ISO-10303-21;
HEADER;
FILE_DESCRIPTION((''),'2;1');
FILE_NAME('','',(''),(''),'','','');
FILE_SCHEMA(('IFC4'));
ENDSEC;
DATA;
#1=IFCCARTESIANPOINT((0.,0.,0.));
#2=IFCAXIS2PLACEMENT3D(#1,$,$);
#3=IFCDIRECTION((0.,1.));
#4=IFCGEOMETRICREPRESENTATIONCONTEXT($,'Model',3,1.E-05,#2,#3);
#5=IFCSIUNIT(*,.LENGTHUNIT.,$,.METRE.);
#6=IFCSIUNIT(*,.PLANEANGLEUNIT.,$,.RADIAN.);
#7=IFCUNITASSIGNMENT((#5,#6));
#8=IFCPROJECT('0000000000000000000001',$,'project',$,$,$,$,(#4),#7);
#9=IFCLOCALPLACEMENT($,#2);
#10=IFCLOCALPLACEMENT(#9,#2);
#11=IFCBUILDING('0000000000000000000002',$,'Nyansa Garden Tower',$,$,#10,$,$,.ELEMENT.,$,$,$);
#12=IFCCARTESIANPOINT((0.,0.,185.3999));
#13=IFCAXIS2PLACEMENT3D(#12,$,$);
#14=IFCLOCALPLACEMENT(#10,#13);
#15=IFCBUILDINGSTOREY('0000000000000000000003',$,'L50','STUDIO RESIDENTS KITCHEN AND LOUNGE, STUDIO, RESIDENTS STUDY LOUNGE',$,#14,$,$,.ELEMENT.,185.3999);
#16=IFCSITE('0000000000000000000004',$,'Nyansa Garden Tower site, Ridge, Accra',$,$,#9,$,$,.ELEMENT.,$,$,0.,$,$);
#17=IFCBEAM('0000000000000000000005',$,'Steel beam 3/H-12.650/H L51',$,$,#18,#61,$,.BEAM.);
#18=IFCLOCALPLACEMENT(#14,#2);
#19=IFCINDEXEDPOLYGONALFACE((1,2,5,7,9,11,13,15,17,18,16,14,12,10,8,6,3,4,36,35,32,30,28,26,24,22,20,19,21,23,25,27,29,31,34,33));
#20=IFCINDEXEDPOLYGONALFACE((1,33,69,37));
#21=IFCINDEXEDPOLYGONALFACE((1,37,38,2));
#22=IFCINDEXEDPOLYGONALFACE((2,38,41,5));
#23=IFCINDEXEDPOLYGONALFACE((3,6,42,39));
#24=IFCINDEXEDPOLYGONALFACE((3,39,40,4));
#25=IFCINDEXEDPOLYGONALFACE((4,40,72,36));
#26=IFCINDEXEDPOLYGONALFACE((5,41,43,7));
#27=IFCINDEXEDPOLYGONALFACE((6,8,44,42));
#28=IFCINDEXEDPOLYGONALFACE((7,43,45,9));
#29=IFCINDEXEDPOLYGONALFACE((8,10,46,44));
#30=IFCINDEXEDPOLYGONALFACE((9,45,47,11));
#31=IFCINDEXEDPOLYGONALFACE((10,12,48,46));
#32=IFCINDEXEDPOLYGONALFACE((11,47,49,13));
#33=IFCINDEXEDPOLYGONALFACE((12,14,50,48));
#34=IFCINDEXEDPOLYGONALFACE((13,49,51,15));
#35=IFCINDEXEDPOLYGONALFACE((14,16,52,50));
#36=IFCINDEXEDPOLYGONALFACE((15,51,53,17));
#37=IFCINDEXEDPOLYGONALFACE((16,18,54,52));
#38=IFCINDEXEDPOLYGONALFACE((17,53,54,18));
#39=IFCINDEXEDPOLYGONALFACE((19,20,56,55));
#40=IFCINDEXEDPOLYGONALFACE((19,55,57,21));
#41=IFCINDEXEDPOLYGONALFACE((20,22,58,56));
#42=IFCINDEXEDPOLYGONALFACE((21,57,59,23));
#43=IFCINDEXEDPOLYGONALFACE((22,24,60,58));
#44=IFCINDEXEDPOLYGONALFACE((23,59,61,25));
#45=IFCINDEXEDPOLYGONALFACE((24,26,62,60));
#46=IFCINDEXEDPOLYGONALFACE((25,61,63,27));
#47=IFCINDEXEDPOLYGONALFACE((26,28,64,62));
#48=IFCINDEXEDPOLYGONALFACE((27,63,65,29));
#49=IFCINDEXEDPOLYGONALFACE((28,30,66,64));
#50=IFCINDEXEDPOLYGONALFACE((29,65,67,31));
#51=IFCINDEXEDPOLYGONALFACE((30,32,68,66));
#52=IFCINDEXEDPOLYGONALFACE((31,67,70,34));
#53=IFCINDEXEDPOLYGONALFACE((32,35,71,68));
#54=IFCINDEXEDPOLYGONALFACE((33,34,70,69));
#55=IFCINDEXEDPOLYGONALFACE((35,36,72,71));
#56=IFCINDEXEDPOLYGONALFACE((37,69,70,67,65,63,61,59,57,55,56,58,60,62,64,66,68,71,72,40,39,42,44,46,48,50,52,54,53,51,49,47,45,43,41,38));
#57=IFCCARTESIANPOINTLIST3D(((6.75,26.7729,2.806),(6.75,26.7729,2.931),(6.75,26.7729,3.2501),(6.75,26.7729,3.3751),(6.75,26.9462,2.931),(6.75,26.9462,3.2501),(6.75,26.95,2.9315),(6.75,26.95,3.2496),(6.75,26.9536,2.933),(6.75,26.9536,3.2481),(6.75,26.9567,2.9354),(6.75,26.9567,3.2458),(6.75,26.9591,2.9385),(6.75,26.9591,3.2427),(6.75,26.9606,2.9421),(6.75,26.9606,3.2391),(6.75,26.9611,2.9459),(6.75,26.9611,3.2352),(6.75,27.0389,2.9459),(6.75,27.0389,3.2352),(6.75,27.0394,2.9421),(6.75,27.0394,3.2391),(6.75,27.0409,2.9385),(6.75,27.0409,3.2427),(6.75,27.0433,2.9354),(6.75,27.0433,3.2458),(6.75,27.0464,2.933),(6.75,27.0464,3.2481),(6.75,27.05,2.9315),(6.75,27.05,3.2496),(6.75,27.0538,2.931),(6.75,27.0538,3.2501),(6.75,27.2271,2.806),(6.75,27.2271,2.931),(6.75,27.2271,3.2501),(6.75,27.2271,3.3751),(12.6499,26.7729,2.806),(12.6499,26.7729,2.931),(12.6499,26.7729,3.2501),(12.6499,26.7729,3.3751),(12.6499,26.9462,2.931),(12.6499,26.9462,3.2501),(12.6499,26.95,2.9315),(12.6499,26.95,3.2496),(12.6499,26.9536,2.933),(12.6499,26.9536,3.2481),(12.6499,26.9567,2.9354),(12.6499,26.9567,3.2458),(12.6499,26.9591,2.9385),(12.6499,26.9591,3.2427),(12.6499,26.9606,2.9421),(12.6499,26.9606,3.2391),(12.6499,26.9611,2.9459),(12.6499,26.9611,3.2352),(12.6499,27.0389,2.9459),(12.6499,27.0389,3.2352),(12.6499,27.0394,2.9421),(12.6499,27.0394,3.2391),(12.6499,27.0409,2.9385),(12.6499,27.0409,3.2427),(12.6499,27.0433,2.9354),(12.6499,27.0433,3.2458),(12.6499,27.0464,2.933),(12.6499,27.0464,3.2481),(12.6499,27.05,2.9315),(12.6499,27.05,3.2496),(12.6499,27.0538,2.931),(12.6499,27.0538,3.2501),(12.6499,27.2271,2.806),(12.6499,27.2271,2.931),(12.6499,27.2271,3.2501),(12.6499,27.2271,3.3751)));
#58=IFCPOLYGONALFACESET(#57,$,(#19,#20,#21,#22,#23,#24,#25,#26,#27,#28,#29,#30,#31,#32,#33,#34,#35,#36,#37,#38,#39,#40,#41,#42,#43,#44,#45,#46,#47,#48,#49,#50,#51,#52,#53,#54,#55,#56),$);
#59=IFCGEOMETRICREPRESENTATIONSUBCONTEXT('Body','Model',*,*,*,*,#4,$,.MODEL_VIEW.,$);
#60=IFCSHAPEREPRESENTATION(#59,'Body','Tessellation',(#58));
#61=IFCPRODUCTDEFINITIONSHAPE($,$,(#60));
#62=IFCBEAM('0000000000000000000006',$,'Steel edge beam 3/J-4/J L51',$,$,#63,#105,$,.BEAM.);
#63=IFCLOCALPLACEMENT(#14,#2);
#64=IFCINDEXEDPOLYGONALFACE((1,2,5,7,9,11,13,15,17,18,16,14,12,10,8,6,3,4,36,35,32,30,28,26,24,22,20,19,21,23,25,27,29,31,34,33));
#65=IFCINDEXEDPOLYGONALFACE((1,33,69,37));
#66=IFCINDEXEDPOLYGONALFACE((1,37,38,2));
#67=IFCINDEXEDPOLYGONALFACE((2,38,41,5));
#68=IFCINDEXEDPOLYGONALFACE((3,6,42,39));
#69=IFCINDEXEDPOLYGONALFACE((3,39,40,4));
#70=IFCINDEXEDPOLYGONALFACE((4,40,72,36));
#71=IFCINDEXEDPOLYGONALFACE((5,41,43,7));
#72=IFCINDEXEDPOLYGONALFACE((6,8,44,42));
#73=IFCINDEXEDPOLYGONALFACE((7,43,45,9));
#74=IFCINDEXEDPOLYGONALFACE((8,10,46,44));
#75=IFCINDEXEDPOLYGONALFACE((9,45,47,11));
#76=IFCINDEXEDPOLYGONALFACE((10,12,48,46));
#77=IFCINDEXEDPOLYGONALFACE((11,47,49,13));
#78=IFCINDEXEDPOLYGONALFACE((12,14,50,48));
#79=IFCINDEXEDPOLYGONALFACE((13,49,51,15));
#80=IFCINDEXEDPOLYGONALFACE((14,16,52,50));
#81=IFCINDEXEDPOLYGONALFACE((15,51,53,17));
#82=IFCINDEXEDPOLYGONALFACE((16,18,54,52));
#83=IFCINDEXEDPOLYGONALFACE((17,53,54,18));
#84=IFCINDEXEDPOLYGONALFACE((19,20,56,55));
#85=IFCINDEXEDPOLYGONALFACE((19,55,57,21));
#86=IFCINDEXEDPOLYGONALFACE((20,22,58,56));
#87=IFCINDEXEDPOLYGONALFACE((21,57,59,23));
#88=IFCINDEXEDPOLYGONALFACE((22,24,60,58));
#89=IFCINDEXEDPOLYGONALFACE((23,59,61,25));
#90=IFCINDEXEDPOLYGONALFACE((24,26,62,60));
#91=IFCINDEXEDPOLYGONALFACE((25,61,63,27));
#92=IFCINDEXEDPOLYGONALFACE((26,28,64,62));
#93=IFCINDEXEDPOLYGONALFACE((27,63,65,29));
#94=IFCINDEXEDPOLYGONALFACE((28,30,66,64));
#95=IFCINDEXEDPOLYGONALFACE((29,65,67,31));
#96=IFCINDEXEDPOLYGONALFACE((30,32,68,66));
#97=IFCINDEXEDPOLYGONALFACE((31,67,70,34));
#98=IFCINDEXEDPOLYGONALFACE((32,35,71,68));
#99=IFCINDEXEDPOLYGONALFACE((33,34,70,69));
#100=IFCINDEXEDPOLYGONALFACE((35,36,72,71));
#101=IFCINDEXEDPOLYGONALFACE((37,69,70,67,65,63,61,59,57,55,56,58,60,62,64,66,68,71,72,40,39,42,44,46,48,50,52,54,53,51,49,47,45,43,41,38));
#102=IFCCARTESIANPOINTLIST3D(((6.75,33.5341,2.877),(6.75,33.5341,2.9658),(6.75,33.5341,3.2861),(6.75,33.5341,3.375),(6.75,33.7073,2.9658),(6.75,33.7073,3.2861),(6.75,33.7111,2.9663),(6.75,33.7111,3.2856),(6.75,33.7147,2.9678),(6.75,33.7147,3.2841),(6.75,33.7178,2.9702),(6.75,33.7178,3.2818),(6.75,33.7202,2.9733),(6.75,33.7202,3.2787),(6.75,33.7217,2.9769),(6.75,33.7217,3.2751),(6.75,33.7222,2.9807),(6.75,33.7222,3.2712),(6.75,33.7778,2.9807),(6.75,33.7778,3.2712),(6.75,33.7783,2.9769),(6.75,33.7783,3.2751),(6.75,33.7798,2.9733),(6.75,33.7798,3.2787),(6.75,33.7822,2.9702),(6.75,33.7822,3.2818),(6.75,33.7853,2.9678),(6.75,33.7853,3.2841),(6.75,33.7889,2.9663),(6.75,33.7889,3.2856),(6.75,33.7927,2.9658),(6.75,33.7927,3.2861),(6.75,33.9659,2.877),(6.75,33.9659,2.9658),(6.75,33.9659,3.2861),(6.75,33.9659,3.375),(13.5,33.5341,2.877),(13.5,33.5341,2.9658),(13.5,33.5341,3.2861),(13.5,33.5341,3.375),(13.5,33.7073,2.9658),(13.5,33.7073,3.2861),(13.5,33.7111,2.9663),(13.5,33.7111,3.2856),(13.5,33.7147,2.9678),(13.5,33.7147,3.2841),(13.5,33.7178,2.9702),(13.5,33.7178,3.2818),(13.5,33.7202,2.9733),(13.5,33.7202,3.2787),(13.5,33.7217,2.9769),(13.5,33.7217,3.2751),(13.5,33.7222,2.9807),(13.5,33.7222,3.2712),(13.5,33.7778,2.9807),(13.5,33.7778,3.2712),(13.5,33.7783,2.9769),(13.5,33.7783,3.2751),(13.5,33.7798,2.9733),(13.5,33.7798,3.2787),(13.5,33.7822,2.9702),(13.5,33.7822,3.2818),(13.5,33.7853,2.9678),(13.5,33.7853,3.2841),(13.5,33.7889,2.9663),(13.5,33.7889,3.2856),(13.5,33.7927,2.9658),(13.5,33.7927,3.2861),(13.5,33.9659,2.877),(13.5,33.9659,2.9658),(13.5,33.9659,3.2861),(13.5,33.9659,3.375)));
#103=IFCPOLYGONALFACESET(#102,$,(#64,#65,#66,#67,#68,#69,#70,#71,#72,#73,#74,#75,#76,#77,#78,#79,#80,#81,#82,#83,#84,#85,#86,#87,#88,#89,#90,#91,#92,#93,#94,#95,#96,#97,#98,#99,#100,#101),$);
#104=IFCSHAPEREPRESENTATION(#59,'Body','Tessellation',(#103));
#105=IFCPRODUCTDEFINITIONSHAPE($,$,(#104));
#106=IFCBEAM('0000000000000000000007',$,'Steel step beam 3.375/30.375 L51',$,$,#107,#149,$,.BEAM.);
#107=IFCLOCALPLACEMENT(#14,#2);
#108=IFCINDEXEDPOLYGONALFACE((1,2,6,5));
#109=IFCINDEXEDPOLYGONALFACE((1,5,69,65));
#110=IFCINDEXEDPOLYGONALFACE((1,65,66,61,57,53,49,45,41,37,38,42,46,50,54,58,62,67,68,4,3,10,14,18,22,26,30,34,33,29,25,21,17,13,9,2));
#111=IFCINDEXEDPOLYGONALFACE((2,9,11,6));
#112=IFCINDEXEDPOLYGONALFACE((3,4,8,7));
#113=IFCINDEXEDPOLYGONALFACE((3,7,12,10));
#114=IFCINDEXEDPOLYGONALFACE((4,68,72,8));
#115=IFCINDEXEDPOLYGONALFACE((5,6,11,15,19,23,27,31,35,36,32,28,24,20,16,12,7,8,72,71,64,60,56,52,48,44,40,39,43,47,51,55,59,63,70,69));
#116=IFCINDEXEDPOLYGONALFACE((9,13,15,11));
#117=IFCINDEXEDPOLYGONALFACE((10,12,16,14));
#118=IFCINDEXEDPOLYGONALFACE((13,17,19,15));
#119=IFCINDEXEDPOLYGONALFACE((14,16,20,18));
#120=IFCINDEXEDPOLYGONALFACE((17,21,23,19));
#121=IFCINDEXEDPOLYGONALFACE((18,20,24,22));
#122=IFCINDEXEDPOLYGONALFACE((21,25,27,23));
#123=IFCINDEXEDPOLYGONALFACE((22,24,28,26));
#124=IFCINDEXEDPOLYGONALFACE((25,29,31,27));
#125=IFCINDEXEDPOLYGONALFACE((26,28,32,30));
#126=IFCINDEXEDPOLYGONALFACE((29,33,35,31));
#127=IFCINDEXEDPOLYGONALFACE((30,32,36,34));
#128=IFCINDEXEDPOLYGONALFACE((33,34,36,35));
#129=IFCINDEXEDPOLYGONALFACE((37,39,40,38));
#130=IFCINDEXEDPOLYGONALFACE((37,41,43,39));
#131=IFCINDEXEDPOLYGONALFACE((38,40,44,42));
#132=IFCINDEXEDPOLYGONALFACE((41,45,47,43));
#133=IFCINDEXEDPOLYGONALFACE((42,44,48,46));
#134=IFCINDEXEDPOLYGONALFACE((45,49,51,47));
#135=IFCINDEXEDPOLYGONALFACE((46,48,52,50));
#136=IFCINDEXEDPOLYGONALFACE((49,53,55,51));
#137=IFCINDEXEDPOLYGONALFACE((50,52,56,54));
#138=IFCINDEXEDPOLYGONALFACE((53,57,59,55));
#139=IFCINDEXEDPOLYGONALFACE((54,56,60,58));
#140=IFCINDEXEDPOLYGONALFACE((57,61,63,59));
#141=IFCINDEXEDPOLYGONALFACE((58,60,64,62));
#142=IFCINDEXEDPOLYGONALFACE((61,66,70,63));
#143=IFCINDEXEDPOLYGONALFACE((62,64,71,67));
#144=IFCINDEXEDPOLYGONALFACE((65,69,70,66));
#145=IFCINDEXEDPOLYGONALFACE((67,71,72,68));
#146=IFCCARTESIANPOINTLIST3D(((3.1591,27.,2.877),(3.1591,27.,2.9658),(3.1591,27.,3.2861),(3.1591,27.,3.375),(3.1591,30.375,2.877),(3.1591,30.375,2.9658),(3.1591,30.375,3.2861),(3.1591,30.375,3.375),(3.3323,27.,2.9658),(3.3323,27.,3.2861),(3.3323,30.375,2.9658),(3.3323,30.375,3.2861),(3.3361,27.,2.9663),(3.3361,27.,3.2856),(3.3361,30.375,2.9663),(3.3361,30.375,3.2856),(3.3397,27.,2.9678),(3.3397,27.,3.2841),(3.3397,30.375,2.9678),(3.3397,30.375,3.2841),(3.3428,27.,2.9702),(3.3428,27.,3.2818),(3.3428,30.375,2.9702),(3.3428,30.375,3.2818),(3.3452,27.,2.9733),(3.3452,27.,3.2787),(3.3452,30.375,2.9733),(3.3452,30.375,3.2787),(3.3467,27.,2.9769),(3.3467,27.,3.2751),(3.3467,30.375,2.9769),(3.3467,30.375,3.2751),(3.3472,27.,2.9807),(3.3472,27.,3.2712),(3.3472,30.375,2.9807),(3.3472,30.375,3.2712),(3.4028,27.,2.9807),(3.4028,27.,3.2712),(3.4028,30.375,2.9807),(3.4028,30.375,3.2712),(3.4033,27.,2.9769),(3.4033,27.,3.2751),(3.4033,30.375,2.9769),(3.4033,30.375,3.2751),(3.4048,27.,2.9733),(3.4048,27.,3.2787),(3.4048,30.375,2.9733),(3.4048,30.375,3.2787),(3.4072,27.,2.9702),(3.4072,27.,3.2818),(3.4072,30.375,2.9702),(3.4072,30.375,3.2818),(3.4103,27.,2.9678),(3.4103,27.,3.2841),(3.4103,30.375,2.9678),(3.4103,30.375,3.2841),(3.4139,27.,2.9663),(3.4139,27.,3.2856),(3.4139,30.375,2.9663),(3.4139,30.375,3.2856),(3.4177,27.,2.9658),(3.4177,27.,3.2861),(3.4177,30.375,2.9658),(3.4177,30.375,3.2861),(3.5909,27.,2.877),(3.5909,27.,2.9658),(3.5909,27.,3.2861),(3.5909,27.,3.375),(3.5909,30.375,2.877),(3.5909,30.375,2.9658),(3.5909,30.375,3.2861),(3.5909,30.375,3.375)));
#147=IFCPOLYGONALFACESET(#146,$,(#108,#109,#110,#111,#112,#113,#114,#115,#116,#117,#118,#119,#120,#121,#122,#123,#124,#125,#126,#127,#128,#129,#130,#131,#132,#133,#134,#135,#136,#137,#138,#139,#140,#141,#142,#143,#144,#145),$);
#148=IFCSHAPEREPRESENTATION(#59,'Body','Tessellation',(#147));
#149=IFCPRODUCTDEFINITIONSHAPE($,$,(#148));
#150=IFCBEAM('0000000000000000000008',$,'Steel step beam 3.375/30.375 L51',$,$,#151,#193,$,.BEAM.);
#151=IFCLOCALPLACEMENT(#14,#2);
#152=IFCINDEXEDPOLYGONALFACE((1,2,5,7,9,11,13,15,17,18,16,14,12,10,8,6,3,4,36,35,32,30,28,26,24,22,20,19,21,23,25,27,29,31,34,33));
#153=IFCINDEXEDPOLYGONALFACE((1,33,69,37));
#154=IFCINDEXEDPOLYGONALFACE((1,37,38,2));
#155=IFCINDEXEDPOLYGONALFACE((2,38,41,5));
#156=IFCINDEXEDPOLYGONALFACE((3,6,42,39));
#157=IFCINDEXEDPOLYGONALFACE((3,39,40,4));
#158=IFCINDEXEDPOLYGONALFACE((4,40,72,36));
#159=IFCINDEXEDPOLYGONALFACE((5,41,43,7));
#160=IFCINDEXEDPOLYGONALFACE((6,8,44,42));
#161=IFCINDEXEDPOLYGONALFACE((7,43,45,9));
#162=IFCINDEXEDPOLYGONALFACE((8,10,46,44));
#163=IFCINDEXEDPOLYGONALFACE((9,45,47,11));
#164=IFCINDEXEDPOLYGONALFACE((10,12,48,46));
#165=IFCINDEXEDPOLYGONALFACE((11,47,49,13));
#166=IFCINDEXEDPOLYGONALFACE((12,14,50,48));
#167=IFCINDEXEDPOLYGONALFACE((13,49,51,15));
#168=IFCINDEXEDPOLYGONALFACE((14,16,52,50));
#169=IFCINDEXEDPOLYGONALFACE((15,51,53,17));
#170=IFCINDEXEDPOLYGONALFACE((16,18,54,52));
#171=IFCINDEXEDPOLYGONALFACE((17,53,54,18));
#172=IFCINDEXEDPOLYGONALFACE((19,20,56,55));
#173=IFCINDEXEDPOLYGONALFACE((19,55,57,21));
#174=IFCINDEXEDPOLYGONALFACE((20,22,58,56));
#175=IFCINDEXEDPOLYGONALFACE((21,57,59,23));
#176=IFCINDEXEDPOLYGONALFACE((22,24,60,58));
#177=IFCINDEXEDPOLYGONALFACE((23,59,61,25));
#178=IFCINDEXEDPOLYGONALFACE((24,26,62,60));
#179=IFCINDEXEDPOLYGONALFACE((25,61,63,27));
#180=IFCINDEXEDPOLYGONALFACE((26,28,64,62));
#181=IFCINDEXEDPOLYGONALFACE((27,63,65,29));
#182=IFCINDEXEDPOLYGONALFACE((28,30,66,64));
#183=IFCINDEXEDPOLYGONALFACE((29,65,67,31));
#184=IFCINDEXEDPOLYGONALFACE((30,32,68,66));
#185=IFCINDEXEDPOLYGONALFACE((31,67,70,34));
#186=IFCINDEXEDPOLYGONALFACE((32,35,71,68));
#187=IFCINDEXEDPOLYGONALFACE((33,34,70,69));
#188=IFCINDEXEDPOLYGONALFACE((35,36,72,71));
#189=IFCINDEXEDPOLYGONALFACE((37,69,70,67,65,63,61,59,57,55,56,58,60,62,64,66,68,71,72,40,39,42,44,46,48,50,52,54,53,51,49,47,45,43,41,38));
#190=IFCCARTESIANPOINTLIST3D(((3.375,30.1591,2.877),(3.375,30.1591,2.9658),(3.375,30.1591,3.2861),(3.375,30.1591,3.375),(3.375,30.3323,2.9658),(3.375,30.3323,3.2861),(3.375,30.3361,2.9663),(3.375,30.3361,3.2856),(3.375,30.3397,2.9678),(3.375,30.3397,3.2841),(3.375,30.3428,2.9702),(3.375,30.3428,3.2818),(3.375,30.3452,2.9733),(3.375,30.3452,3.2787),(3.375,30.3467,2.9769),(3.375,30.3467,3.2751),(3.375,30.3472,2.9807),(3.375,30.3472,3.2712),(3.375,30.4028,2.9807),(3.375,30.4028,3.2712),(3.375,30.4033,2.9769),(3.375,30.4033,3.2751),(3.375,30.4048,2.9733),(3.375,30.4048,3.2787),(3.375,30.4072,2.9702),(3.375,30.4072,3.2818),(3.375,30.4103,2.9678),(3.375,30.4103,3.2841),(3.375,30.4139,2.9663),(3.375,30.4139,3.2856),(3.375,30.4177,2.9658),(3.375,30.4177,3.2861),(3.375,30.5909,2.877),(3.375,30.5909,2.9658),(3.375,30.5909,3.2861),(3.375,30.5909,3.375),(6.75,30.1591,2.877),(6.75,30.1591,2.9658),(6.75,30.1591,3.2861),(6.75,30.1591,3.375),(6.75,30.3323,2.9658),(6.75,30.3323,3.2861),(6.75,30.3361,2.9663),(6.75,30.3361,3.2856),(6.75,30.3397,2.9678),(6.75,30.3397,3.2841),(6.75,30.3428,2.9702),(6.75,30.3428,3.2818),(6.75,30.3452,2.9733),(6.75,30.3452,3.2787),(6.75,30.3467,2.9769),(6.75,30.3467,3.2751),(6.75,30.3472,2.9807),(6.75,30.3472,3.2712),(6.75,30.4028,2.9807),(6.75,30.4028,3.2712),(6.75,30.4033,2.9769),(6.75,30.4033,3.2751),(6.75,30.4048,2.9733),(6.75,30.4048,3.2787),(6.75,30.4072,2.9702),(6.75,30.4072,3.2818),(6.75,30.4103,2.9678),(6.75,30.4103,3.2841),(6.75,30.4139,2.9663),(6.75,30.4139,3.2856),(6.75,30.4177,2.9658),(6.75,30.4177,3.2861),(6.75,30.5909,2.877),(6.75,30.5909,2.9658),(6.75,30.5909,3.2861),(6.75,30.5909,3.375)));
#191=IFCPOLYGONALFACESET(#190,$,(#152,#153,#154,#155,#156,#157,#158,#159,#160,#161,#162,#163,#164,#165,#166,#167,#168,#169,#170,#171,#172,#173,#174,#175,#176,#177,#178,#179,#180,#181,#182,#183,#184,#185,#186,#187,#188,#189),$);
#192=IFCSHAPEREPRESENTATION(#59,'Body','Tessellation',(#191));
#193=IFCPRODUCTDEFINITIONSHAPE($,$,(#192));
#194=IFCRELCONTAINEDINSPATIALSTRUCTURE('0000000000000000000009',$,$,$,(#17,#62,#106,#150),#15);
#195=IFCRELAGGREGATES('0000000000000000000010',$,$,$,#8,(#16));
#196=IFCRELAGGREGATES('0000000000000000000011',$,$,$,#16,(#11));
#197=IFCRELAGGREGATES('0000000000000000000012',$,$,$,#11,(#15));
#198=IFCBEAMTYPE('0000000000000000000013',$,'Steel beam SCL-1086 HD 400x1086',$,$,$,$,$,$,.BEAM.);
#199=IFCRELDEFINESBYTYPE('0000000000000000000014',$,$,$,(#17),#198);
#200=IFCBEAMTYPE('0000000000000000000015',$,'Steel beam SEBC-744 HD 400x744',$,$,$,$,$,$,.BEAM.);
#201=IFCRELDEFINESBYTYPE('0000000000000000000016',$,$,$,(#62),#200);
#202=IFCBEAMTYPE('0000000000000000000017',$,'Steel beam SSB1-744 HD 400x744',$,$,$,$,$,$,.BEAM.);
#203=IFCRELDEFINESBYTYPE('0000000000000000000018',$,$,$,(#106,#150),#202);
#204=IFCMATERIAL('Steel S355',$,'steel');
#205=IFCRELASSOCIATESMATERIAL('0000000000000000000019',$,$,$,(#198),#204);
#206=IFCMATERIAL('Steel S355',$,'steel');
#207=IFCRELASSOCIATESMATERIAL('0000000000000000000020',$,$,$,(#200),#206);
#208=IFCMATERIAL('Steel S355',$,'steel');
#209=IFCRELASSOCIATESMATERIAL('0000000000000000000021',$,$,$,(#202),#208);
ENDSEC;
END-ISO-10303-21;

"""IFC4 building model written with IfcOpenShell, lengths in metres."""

from ifc_helpers import new_model, si_unit, direction, frame, origin, origin_2d, place, context, subcontext, project, spatial, i_section, extrude, material, material_profile, profile_set, type_object, element, save


model = new_model("IFC4")

# Units and contexts
model_context = context("Model", 3, precision=1e-05, world=origin(), true_north=direction((0.0, 1.0)))
body_context = subcontext(model_context, "Body", "Model", "MODEL_VIEW")
ifc_project = project(units=[si_unit("LENGTHUNIT", "METRE"), si_unit("PLANEANGLEUNIT", "RADIAN")], contexts=[model_context])

# Site, building, storey
site_placement = place(None, origin())
site = spatial("IfcSite", under=ifc_project, at=site_placement, Name="Nyansa Garden Tower site, Ridge, Accra", CompositionType="ELEMENT", RefElevation=0.0)
building_placement = place(site_placement, origin())
building = spatial("IfcBuilding", under=site, at=building_placement, Name="Nyansa Garden Tower", CompositionType="ELEMENT")
storey_placement = place(building_placement, frame((0.0, 0.0, 185.3999)))
storey = spatial("IfcBuildingStorey", under=building, at=storey_placement, Name="L50", Description="STUDIO RESIDENTS KITCHEN AND LOUNGE, STUDIO, RESIDENTS STUDY LOUNGE", CompositionType="ELEMENT", Elevation=185.3999)

# Beams
ifc_material_1 = material(Name="Steel S355", Category="steel")
ifc_material_profile_1 = material_profile(ifc_material_1, i_section(OverallWidth=0.4541, OverallDepth=0.5691, WebThickness=0.0779, FlangeThickness=0.125, FilletRadius=0.0149, at=origin_2d()), Name="HD 400x1086")
ifc_profile_set_1 = profile_set([ifc_material_profile_1], Name="Steel S355")
beam_type_1 = type_object("IfcBeamType", Name="Steel beam SCL-1086 HD 400x1086", PredefinedType="BEAM", material=ifc_profile_set_1)
beam_1_placement = place(storey_placement, frame((6.75, 27.0, 3.0906), z_axis=(1.0, 0.0, 0.0), x_axis=(0.0, 1.0, 0.0)))
element("IfcBeam", 1, at=beam_1_placement, inside=storey, type_object=beam_type_1, Name="Steel beam 3/H-12.650/H L51", PredefinedType="BEAM", context=body_context, shape_type="SweptSolid", body=[
    extrude(i_section(OverallWidth=0.4541, OverallDepth=0.5691, WebThickness=0.0779, FlangeThickness=0.125, FilletRadius=0.0149, at=origin_2d()), origin(), (0.0, 0.0, 1.0), 5.8999),
])
ifc_material_2 = material(Name="Steel S355", Category="steel")
ifc_material_profile_2 = material_profile(ifc_material_2, i_section(OverallWidth=0.4319, OverallDepth=0.498, WebThickness=0.0557, FlangeThickness=0.0889, FilletRadius=0.0149, at=origin_2d()), Name="HD 400x744")
ifc_profile_set_2 = profile_set([ifc_material_profile_2], Name="Steel S355")
beam_type_2 = type_object("IfcBeamType", Name="Steel beam SEBC-744 HD 400x744", PredefinedType="BEAM", material=ifc_profile_set_2)
beam_2_placement = place(storey_placement, frame((6.75, 33.75, 3.126), z_axis=(1.0, 0.0, 0.0), x_axis=(0.0, 1.0, 0.0)))
element("IfcBeam", 2, at=beam_2_placement, inside=storey, type_object=beam_type_2, Name="Steel edge beam 3/J-4/J L51", PredefinedType="BEAM", context=body_context, shape_type="SweptSolid", body=[
    extrude(i_section(OverallWidth=0.4319, OverallDepth=0.498, WebThickness=0.0557, FlangeThickness=0.0889, FilletRadius=0.0149, at=origin_2d()), origin(), (0.0, 0.0, 1.0), 6.75),
])
ifc_material_3 = material(Name="Steel S355", Category="steel")
ifc_material_profile_3 = material_profile(ifc_material_3, i_section(OverallWidth=0.4319, OverallDepth=0.498, WebThickness=0.0557, FlangeThickness=0.0889, FilletRadius=0.0149, at=origin_2d()), Name="HD 400x744")
ifc_profile_set_3 = profile_set([ifc_material_profile_3], Name="Steel S355")
beam_type_3 = type_object("IfcBeamType", Name="Steel beam SSB1-744 HD 400x744", PredefinedType="BEAM", material=ifc_profile_set_3)
for number, where, z_axis, x_axis, name in (
    (3, (3.375, 30.375, 3.126), (0.0, -1.0, 0.0), (1.0, 0.0, 0.0), "Steel step beam 3.375/30.375 L51"),
    (4, (3.375, 30.375, 3.126), (1.0, 0.0, 0.0), (0.0, 1.0, 0.0), "Steel step beam 3.375/30.375 L51"),
):
    element("IfcBeam", number, at=place(storey_placement, frame(where, z_axis=z_axis, x_axis=x_axis)), inside=storey, type_object=beam_type_3, Name=name, PredefinedType="BEAM", context=body_context, shape_type="SweptSolid", body=[
        extrude(i_section(OverallWidth=0.4319, OverallDepth=0.498, WebThickness=0.0557, FlangeThickness=0.0889, FilletRadius=0.0149, at=origin_2d()), origin(), (0.0, 0.0, 1.0), 3.375),
    ])

save(model, "model.ifc")
